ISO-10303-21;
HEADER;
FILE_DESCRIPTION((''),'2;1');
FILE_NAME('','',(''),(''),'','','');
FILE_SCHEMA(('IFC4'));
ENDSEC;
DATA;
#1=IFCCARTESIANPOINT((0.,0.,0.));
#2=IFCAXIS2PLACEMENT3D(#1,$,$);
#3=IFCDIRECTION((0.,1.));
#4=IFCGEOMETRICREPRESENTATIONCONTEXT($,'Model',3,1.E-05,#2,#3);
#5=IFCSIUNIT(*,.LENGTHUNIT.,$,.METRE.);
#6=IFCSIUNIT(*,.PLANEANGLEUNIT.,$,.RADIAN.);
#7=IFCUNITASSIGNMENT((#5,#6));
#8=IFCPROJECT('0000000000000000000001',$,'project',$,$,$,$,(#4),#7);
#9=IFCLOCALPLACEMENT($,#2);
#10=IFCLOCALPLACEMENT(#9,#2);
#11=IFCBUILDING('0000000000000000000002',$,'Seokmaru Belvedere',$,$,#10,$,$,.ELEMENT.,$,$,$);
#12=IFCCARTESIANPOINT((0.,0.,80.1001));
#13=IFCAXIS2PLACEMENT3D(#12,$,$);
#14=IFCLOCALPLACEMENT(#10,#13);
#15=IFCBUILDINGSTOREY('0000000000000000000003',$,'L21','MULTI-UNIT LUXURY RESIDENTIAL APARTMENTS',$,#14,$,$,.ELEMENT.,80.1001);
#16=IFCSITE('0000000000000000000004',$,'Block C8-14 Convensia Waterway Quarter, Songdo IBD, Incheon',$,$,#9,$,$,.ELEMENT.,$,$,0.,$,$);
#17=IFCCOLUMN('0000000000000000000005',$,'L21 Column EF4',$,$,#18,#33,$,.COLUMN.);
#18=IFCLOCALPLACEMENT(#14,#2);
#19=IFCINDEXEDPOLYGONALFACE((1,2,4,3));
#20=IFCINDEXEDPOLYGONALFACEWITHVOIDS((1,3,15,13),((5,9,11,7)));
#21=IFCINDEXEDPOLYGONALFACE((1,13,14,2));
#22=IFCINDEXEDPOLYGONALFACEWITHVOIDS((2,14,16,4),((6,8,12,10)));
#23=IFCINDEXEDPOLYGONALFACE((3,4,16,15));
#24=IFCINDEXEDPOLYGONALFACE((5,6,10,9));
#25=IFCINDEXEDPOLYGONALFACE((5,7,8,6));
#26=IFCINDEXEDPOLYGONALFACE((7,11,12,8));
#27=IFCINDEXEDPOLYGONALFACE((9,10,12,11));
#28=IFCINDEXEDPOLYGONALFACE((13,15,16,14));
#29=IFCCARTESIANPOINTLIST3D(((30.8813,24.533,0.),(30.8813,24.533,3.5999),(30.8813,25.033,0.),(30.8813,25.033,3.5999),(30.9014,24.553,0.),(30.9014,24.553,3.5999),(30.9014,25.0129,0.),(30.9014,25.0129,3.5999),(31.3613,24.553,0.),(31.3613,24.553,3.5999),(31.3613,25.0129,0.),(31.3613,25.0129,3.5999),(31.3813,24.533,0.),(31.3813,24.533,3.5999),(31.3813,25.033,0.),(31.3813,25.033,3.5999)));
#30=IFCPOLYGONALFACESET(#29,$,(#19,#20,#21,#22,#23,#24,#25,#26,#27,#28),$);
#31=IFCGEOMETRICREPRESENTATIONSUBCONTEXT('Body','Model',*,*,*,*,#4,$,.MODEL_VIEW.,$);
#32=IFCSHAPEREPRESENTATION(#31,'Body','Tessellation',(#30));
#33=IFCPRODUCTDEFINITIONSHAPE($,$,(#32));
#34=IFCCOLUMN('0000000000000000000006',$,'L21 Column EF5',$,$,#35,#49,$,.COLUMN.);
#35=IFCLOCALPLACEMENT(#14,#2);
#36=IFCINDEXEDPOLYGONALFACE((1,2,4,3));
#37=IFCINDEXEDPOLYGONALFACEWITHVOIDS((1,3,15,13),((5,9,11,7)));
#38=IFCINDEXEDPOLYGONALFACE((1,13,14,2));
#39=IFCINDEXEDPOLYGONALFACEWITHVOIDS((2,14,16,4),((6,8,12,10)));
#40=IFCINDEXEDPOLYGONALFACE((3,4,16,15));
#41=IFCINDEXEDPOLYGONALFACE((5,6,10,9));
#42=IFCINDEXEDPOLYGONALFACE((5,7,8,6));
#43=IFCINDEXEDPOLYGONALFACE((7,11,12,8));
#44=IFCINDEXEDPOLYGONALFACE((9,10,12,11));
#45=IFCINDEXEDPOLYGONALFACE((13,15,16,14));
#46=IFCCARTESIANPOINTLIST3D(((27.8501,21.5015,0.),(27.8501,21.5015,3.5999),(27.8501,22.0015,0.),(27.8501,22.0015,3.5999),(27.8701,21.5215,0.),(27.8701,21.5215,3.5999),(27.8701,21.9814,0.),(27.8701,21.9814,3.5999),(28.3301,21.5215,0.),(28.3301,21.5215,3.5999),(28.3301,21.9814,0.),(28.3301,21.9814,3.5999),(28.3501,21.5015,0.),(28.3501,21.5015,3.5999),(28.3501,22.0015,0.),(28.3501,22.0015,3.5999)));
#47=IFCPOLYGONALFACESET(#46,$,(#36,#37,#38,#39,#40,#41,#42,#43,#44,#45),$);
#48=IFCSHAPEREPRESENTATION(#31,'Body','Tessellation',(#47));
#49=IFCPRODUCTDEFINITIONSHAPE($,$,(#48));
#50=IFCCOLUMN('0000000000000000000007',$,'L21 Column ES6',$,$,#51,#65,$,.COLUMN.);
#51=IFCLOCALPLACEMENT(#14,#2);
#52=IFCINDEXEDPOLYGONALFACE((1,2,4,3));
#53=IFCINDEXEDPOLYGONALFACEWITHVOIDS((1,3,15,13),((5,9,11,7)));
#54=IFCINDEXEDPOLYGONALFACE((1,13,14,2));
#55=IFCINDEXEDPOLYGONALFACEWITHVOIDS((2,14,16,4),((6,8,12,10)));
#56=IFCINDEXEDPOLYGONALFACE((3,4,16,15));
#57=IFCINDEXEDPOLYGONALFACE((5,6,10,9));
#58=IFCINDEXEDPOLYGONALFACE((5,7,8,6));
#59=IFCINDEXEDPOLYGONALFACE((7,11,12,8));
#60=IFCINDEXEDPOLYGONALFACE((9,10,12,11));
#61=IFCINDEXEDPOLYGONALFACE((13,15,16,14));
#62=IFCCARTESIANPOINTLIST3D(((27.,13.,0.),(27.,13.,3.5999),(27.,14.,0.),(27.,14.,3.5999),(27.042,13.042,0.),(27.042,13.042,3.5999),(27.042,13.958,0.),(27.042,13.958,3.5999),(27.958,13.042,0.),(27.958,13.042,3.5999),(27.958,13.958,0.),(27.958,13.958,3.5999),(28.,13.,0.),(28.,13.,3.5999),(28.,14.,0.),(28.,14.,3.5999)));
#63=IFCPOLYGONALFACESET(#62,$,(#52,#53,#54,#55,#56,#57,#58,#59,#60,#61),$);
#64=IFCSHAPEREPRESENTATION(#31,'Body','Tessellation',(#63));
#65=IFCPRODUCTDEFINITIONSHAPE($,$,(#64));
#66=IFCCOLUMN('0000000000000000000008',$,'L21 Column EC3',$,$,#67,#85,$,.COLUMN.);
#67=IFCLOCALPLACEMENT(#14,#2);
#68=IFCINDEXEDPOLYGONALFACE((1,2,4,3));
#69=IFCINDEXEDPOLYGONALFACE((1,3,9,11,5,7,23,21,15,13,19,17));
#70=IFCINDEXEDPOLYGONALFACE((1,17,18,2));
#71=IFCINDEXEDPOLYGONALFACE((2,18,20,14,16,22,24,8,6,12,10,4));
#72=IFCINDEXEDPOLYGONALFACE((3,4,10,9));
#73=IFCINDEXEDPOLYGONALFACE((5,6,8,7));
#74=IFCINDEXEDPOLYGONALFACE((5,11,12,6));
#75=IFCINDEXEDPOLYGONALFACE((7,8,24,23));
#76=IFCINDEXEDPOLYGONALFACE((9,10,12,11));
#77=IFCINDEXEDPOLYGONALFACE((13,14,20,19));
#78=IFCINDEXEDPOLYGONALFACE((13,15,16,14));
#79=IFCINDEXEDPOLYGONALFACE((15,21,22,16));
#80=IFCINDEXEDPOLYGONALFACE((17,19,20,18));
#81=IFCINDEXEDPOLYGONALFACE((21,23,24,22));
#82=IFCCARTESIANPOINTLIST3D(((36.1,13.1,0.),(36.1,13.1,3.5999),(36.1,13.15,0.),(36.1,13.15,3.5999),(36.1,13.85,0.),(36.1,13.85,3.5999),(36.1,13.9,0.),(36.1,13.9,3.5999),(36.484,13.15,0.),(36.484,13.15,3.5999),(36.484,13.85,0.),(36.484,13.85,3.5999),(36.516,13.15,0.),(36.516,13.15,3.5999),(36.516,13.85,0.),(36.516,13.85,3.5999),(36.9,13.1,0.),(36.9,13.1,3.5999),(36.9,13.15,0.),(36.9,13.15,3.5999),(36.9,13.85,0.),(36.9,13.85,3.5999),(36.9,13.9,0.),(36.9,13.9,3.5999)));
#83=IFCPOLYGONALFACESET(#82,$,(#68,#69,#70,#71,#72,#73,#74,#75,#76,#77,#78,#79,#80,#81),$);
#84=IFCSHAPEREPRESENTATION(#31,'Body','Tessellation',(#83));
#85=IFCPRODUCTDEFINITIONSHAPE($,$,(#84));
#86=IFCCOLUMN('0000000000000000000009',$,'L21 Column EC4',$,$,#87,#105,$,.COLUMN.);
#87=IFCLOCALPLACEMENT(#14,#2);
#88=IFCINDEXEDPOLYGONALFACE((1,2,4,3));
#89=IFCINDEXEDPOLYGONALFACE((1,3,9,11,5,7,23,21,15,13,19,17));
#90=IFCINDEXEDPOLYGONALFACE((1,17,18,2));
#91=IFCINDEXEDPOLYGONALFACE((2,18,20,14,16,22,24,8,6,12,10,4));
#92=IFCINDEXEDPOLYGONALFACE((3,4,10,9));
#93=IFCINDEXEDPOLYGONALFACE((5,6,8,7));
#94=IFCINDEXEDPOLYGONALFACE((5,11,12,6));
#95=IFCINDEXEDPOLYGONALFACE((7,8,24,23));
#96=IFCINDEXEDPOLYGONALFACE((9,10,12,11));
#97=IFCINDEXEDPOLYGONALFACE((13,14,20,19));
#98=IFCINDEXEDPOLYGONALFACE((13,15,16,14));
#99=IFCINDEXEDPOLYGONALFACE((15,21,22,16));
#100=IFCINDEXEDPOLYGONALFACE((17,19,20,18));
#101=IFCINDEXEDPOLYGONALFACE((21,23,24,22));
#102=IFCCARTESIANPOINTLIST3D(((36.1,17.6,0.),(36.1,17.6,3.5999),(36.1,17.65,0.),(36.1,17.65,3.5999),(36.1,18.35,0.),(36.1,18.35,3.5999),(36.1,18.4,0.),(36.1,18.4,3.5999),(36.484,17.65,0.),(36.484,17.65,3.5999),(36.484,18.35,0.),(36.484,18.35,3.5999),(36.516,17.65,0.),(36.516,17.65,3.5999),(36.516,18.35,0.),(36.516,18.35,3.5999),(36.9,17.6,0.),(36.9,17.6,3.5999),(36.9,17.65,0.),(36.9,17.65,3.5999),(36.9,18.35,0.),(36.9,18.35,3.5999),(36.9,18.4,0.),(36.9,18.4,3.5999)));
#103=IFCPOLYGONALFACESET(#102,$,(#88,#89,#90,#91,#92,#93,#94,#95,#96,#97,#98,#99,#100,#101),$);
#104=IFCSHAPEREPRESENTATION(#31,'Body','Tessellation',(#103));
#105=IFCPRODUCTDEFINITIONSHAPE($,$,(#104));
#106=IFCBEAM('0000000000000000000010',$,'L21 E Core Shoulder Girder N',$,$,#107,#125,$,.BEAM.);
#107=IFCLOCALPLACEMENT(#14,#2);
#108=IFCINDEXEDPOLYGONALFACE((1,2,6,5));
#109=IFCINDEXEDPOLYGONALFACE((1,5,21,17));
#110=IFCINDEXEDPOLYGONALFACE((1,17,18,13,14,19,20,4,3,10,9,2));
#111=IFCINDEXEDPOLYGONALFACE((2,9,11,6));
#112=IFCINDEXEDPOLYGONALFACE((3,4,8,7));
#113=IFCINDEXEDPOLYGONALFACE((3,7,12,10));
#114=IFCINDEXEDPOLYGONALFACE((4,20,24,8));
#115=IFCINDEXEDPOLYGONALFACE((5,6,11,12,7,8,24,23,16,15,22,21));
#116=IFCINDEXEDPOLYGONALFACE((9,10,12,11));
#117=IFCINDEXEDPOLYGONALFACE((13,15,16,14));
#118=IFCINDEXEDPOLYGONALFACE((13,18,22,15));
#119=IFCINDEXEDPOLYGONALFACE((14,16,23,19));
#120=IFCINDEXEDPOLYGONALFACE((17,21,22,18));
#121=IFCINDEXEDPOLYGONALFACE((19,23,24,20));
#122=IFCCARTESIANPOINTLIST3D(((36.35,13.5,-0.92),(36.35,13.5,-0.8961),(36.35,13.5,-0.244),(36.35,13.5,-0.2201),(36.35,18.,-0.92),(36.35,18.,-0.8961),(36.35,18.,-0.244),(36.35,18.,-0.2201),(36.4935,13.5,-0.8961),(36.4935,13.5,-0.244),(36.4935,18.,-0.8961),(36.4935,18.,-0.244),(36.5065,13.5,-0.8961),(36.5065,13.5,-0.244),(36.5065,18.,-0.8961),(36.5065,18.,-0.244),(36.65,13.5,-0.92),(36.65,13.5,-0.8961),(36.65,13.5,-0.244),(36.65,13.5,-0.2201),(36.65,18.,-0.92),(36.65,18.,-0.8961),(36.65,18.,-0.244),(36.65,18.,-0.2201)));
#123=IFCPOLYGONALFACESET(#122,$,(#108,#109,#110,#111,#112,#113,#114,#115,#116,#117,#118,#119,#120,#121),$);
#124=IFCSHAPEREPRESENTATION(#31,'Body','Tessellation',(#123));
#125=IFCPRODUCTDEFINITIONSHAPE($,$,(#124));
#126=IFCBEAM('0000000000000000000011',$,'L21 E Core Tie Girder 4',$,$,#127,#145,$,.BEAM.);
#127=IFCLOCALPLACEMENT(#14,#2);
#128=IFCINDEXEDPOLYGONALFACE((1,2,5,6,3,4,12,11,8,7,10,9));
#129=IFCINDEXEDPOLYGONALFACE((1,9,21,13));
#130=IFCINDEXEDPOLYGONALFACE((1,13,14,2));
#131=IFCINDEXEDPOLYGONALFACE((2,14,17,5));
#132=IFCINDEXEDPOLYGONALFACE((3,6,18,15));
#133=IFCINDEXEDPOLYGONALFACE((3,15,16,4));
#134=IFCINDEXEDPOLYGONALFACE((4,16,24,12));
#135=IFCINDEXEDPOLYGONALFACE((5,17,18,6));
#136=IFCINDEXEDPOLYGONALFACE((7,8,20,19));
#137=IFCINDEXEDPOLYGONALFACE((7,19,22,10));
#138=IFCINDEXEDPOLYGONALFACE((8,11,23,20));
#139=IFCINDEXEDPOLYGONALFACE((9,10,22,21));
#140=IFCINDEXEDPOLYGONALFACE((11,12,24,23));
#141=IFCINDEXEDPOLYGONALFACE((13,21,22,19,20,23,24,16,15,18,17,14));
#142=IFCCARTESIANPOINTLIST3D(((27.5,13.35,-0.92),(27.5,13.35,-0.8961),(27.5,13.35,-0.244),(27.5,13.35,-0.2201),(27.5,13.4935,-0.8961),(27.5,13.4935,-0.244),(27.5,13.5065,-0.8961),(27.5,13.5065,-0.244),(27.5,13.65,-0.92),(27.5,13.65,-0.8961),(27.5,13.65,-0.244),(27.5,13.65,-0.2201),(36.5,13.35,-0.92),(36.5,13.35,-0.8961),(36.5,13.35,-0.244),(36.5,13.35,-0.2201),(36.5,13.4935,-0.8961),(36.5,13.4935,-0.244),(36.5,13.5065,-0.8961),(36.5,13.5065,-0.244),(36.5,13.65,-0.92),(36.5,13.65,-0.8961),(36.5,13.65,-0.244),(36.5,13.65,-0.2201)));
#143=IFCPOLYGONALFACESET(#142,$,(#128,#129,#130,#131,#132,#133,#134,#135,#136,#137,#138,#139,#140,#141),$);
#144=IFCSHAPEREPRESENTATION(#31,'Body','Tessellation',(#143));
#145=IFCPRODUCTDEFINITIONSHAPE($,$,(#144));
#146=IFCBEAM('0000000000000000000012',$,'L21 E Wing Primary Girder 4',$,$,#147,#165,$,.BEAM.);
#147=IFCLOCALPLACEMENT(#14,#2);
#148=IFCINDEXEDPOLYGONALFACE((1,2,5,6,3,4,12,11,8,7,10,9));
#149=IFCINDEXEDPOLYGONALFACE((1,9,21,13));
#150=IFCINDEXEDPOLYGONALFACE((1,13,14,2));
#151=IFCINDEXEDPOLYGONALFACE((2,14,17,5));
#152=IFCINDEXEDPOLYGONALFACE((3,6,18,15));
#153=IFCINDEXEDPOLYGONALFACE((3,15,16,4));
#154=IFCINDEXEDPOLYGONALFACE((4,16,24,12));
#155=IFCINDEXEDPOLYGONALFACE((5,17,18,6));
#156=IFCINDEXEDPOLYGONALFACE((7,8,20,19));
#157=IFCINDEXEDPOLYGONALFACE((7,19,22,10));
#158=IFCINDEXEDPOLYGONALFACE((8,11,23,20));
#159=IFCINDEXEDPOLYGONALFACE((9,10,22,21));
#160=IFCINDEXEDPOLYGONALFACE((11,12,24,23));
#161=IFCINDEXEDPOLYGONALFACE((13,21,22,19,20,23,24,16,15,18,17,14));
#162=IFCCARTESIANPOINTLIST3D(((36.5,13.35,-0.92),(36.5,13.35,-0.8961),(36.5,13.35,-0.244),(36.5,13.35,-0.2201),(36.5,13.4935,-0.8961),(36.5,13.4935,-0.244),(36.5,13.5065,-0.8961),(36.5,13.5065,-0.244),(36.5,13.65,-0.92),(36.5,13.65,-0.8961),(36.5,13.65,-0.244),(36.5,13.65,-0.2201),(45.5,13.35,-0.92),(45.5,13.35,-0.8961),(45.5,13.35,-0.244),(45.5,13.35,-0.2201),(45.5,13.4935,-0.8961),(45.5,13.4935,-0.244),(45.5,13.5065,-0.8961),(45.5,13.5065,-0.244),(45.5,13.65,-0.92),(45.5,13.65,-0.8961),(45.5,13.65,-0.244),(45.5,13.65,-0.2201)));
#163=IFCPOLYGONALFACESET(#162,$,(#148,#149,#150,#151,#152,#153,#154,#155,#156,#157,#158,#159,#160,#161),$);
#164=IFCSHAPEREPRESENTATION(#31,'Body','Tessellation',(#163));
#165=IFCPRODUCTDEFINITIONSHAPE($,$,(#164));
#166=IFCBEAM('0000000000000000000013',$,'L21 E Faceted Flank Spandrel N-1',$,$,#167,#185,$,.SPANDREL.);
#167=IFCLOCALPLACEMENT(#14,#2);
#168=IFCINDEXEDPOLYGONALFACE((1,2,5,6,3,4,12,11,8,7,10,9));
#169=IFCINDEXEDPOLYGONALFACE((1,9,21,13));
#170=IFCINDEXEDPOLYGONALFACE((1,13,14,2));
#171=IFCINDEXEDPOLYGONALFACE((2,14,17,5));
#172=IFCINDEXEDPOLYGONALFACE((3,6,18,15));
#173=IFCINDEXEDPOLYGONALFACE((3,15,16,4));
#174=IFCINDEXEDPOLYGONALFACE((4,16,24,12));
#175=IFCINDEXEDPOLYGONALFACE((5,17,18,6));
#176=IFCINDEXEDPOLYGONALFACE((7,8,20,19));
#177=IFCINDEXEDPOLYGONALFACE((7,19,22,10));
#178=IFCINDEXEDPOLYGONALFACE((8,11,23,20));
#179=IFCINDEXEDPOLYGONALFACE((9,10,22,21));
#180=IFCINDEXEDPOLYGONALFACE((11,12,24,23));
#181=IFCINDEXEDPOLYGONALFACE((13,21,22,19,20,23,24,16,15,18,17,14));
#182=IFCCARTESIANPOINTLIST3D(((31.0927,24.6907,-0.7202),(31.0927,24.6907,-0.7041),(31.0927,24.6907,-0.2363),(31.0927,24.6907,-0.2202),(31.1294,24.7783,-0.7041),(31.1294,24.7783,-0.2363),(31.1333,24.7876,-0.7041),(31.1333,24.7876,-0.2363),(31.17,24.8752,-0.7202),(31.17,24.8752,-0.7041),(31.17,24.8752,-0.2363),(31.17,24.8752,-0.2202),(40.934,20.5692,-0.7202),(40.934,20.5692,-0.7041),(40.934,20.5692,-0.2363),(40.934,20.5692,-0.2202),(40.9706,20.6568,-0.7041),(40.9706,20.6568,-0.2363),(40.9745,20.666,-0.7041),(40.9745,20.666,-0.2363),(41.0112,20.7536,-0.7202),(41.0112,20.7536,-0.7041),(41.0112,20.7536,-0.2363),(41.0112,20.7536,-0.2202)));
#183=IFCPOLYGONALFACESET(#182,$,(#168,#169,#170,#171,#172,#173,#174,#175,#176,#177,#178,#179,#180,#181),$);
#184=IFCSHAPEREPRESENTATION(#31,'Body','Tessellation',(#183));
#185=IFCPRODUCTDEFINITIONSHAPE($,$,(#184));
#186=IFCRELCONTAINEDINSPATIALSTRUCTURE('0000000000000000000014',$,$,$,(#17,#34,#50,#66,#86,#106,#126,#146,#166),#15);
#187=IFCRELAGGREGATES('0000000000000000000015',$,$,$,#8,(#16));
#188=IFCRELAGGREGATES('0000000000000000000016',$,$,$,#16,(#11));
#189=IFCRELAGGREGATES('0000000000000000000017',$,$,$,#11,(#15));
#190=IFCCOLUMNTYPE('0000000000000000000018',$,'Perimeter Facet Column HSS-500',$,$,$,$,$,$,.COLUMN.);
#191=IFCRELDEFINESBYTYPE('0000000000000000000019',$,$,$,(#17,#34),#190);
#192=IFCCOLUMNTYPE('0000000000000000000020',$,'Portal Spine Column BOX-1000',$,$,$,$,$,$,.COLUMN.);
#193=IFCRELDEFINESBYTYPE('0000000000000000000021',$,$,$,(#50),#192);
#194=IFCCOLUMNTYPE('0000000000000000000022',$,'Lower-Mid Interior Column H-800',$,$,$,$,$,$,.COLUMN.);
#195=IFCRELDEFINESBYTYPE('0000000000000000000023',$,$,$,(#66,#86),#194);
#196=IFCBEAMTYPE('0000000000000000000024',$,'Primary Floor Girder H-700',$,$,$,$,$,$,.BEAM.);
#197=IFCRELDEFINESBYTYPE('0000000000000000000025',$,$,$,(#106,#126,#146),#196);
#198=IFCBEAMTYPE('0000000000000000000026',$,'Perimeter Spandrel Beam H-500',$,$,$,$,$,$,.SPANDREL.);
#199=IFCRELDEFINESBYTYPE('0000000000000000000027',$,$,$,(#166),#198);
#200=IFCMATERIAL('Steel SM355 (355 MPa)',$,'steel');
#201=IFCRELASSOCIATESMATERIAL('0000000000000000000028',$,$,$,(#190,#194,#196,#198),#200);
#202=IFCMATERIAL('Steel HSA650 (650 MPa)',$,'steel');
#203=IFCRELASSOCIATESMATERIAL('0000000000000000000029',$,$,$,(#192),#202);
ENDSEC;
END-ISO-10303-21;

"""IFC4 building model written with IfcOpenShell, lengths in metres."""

from ifc_helpers import new_model, si_unit, direction, frame, origin, origin_2d, place, context, subcontext, project, spatial, hollow_rectangle, i_section, extrude, source, transform, mapped, material, material_profile, profile_set, type_object, type_shapes, element, save


model = new_model("IFC4")

# Units and contexts
model_context = context("Model", 3, precision=1e-05, world=origin(), true_north=direction((0.0, 1.0)))
body_context = subcontext(model_context, "Body", "Model", "MODEL_VIEW")
ifc_project = project(units=[si_unit("LENGTHUNIT", "METRE"), si_unit("PLANEANGLEUNIT", "RADIAN")], contexts=[model_context])

# Site, building, storey
site_placement = place(None, origin())
site = spatial("IfcSite", under=ifc_project, at=site_placement, Name="Block C8-14 Convensia Waterway Quarter, Songdo IBD, Incheon", CompositionType="ELEMENT", RefElevation=0.0)
building_placement = place(site_placement, origin())
building = spatial("IfcBuilding", under=site, at=building_placement, Name="Seokmaru Belvedere", CompositionType="ELEMENT")
storey_placement = place(building_placement, frame((0.0, 0.0, 80.1001)))
storey = spatial("IfcBuildingStorey", under=building, at=storey_placement, Name="L21", Description="MULTI-UNIT LUXURY RESIDENTIAL APARTMENTS", CompositionType="ELEMENT", Elevation=80.1001)

# Columns
ifc_material_1 = material(Name="Steel SM355 (355 MPa)", Category="steel")
ifc_material_profile_1 = material_profile(ifc_material_1, hollow_rectangle(XDim=0.5, YDim=0.5, WallThickness=0.02, at=origin_2d()), Name="HSS-500x500x20")
ifc_profile_set_1 = profile_set([ifc_material_profile_1], Name="Steel SM355 (355 MPa)")
column_type_1 = type_object("IfcColumnType", Name="Perimeter Facet Column HSS-500", PredefinedType="COLUMN", material=ifc_profile_set_1)
shared_shape_1 = source(origin(), body_context, "Body", "SweptSolid", [
    extrude(hollow_rectangle(XDim=0.5, YDim=0.5, WallThickness=0.02, at=origin_2d()), origin(), (0.0, 0.0, 1.0), 3.5999),
])
type_shapes(column_type_1, [shared_shape_1])
for number, where, z_axis, x_axis, name in (
    (1, (31.1313, 24.783, 0.0), (0.0, 0.0, 1.0), (1.0, 0.0, 0.0), "L21 Column EF4"),
    (2, (28.1001, 21.7515, 0.0), (0.0, 0.0, 1.0), (1.0, 0.0, 0.0), "L21 Column EF5"),
):
    element("IfcColumn", number, at=place(storey_placement, frame(where, z_axis=z_axis, x_axis=x_axis)), inside=storey, type_object=column_type_1, Name=name, PredefinedType="COLUMN", context=body_context, shape_type="MappedRepresentation", body=[
        mapped(shared_shape_1, transform((0.0, 0.0, 0.0), scale=1.0)),
    ])
ifc_material_2 = material(Name="Steel HSA650 (650 MPa)", Category="steel")
ifc_material_profile_2 = material_profile(ifc_material_2, hollow_rectangle(XDim=1.0, YDim=1.0, WallThickness=0.042, at=origin_2d()), Name="BOX-1000x1000x42")
ifc_profile_set_2 = profile_set([ifc_material_profile_2], Name="Steel HSA650 (650 MPa)")
column_type_2 = type_object("IfcColumnType", Name="Portal Spine Column BOX-1000", PredefinedType="COLUMN", material=ifc_profile_set_2)
shared_shape_2 = source(origin(), body_context, "Body", "SweptSolid", [
    extrude(hollow_rectangle(XDim=1.0, YDim=1.0, WallThickness=0.042, at=origin_2d()), origin(), (0.0, 0.0, 1.0), 3.5999),
])
type_shapes(column_type_2, [shared_shape_2])
column_placement = place(storey_placement, frame((27.5, 13.5, 0.0), z_axis=(0.0, 0.0, 1.0), x_axis=(1.0, 0.0, 0.0)))
element("IfcColumn", 3, at=column_placement, inside=storey, type_object=column_type_2, Name="L21 Column ES6", PredefinedType="COLUMN", context=body_context, shape_type="MappedRepresentation", body=[
    mapped(shared_shape_2, transform((0.0, 0.0, 0.0), scale=1.0)),
])
ifc_material_profile_3 = material_profile(ifc_material_1, i_section(OverallWidth=0.8, OverallDepth=0.8, WebThickness=0.032, FlangeThickness=0.05, at=origin_2d()), Name="H-800x800x32x50")
ifc_profile_set_3 = profile_set([ifc_material_profile_3], Name="Steel SM355 (355 MPa)")
column_type_3 = type_object("IfcColumnType", Name="Lower-Mid Interior Column H-800", PredefinedType="COLUMN", material=ifc_profile_set_3)
shared_shape_3 = source(origin(), body_context, "Body", "SweptSolid", [
    extrude(i_section(OverallWidth=0.8, OverallDepth=0.8, WebThickness=0.032, FlangeThickness=0.05, at=origin_2d()), origin(), (0.0, 0.0, 1.0), 3.5999),
])
type_shapes(column_type_3, [shared_shape_3])
for number, where, z_axis, x_axis, name in (
    (4, (36.5, 13.5, 0.0), (0.0, 0.0, 1.0), (1.0, 0.0, 0.0), "L21 Column EC3"),
    (5, (36.5, 18.0, 0.0), (0.0, 0.0, 1.0), (1.0, 0.0, 0.0), "L21 Column EC4"),
):
    element("IfcColumn", number, at=place(storey_placement, frame(where, z_axis=z_axis, x_axis=x_axis)), inside=storey, type_object=column_type_3, Name=name, PredefinedType="COLUMN", context=body_context, shape_type="MappedRepresentation", body=[
        mapped(shared_shape_3, transform((0.0, 0.0, 0.0), scale=1.0)),
    ])

# Beams
ifc_material_profile_4 = material_profile(ifc_material_1, i_section(OverallWidth=0.3, OverallDepth=0.7, WebThickness=0.0129, FlangeThickness=0.0239, at=origin_2d()), Name="H-700x300x13x24")
ifc_profile_set_4 = profile_set([ifc_material_profile_4], Name="Steel SM355 (355 MPa)")
beam_type_1 = type_object("IfcBeamType", Name="Primary Floor Girder H-700", PredefinedType="BEAM", material=ifc_profile_set_4)
shared_shape_4 = source(origin(), body_context, "Body", "SweptSolid", [
    extrude(i_section(OverallWidth=0.3, OverallDepth=0.7, WebThickness=0.0129, FlangeThickness=0.0239, at=origin_2d()), origin(), (0.0, 0.0, 1.0), 4.5),
])
beam_1_placement = place(storey_placement, frame((36.5, 13.5, -0.5701), z_axis=(0.0, 1.0, 0.0), x_axis=(-1.0, 0.0, 0.0)))
element("IfcBeam", 6, at=beam_1_placement, inside=storey, type_object=beam_type_1, Name="L21 E Core Shoulder Girder N", PredefinedType="BEAM", context=body_context, shape_type="MappedRepresentation", body=[
    mapped(shared_shape_4, transform((0.0, 0.0, 0.0), scale=1.0)),
])
shared_shape_5 = source(origin(), body_context, "Body", "SweptSolid", [
    extrude(i_section(OverallWidth=0.3, OverallDepth=0.7, WebThickness=0.0129, FlangeThickness=0.0239, at=origin_2d()), origin(), (0.0, 0.0, 1.0), 9.0),
])
type_shapes(beam_type_1, [shared_shape_4, shared_shape_5])
for number, where, z_axis, x_axis, name in (
    (7, (27.5, 13.5, -0.5701), (1.0, 0.0, 0.0), (0.0, 1.0, 0.0), "L21 E Core Tie Girder 4"),
    (8, (36.5, 13.5, -0.5701), (1.0, 0.0, 0.0), (0.0, 1.0, 0.0), "L21 E Wing Primary Girder 4"),
):
    element("IfcBeam", number, at=place(storey_placement, frame(where, z_axis=z_axis, x_axis=x_axis)), inside=storey, type_object=beam_type_1, Name=name, PredefinedType="BEAM", context=body_context, shape_type="MappedRepresentation", body=[
        mapped(shared_shape_5, transform((0.0, 0.0, 0.0), scale=1.0)),
    ])
ifc_material_profile_5 = material_profile(ifc_material_1, i_section(OverallWidth=0.2, OverallDepth=0.5, WebThickness=0.01, FlangeThickness=0.0161, at=origin_2d()), Name="H-500x200x10x16")
ifc_profile_set_5 = profile_set([ifc_material_profile_5], Name="Steel SM355 (355 MPa)")
beam_type_2 = type_object("IfcBeamType", Name="Perimeter Spandrel Beam H-500", PredefinedType="SPANDREL", material=ifc_profile_set_5)
shared_shape_6 = source(origin(), body_context, "Body", "SweptSolid", [
    extrude(i_section(OverallWidth=0.2, OverallDepth=0.5, WebThickness=0.01, FlangeThickness=0.0161, at=origin_2d()), origin(), (0.0, 0.0, 1.0), 10.6694),
])
beam_2_placement = place(storey_placement, frame((31.1313, 24.783, -0.4702), z_axis=(0.922375, -0.386295, 0.0), x_axis=(0.386295, 0.922375, 0.0)))
element("IfcBeam", 9, at=beam_2_placement, inside=storey, type_object=beam_type_2, Name="L21 E Faceted Flank Spandrel N-1", PredefinedType="SPANDREL", context=body_context, shape_type="MappedRepresentation", body=[
    mapped(shared_shape_6, transform((0.0, 0.0, 0.0), scale=1.0)),
])

save(model, "model.ifc")
